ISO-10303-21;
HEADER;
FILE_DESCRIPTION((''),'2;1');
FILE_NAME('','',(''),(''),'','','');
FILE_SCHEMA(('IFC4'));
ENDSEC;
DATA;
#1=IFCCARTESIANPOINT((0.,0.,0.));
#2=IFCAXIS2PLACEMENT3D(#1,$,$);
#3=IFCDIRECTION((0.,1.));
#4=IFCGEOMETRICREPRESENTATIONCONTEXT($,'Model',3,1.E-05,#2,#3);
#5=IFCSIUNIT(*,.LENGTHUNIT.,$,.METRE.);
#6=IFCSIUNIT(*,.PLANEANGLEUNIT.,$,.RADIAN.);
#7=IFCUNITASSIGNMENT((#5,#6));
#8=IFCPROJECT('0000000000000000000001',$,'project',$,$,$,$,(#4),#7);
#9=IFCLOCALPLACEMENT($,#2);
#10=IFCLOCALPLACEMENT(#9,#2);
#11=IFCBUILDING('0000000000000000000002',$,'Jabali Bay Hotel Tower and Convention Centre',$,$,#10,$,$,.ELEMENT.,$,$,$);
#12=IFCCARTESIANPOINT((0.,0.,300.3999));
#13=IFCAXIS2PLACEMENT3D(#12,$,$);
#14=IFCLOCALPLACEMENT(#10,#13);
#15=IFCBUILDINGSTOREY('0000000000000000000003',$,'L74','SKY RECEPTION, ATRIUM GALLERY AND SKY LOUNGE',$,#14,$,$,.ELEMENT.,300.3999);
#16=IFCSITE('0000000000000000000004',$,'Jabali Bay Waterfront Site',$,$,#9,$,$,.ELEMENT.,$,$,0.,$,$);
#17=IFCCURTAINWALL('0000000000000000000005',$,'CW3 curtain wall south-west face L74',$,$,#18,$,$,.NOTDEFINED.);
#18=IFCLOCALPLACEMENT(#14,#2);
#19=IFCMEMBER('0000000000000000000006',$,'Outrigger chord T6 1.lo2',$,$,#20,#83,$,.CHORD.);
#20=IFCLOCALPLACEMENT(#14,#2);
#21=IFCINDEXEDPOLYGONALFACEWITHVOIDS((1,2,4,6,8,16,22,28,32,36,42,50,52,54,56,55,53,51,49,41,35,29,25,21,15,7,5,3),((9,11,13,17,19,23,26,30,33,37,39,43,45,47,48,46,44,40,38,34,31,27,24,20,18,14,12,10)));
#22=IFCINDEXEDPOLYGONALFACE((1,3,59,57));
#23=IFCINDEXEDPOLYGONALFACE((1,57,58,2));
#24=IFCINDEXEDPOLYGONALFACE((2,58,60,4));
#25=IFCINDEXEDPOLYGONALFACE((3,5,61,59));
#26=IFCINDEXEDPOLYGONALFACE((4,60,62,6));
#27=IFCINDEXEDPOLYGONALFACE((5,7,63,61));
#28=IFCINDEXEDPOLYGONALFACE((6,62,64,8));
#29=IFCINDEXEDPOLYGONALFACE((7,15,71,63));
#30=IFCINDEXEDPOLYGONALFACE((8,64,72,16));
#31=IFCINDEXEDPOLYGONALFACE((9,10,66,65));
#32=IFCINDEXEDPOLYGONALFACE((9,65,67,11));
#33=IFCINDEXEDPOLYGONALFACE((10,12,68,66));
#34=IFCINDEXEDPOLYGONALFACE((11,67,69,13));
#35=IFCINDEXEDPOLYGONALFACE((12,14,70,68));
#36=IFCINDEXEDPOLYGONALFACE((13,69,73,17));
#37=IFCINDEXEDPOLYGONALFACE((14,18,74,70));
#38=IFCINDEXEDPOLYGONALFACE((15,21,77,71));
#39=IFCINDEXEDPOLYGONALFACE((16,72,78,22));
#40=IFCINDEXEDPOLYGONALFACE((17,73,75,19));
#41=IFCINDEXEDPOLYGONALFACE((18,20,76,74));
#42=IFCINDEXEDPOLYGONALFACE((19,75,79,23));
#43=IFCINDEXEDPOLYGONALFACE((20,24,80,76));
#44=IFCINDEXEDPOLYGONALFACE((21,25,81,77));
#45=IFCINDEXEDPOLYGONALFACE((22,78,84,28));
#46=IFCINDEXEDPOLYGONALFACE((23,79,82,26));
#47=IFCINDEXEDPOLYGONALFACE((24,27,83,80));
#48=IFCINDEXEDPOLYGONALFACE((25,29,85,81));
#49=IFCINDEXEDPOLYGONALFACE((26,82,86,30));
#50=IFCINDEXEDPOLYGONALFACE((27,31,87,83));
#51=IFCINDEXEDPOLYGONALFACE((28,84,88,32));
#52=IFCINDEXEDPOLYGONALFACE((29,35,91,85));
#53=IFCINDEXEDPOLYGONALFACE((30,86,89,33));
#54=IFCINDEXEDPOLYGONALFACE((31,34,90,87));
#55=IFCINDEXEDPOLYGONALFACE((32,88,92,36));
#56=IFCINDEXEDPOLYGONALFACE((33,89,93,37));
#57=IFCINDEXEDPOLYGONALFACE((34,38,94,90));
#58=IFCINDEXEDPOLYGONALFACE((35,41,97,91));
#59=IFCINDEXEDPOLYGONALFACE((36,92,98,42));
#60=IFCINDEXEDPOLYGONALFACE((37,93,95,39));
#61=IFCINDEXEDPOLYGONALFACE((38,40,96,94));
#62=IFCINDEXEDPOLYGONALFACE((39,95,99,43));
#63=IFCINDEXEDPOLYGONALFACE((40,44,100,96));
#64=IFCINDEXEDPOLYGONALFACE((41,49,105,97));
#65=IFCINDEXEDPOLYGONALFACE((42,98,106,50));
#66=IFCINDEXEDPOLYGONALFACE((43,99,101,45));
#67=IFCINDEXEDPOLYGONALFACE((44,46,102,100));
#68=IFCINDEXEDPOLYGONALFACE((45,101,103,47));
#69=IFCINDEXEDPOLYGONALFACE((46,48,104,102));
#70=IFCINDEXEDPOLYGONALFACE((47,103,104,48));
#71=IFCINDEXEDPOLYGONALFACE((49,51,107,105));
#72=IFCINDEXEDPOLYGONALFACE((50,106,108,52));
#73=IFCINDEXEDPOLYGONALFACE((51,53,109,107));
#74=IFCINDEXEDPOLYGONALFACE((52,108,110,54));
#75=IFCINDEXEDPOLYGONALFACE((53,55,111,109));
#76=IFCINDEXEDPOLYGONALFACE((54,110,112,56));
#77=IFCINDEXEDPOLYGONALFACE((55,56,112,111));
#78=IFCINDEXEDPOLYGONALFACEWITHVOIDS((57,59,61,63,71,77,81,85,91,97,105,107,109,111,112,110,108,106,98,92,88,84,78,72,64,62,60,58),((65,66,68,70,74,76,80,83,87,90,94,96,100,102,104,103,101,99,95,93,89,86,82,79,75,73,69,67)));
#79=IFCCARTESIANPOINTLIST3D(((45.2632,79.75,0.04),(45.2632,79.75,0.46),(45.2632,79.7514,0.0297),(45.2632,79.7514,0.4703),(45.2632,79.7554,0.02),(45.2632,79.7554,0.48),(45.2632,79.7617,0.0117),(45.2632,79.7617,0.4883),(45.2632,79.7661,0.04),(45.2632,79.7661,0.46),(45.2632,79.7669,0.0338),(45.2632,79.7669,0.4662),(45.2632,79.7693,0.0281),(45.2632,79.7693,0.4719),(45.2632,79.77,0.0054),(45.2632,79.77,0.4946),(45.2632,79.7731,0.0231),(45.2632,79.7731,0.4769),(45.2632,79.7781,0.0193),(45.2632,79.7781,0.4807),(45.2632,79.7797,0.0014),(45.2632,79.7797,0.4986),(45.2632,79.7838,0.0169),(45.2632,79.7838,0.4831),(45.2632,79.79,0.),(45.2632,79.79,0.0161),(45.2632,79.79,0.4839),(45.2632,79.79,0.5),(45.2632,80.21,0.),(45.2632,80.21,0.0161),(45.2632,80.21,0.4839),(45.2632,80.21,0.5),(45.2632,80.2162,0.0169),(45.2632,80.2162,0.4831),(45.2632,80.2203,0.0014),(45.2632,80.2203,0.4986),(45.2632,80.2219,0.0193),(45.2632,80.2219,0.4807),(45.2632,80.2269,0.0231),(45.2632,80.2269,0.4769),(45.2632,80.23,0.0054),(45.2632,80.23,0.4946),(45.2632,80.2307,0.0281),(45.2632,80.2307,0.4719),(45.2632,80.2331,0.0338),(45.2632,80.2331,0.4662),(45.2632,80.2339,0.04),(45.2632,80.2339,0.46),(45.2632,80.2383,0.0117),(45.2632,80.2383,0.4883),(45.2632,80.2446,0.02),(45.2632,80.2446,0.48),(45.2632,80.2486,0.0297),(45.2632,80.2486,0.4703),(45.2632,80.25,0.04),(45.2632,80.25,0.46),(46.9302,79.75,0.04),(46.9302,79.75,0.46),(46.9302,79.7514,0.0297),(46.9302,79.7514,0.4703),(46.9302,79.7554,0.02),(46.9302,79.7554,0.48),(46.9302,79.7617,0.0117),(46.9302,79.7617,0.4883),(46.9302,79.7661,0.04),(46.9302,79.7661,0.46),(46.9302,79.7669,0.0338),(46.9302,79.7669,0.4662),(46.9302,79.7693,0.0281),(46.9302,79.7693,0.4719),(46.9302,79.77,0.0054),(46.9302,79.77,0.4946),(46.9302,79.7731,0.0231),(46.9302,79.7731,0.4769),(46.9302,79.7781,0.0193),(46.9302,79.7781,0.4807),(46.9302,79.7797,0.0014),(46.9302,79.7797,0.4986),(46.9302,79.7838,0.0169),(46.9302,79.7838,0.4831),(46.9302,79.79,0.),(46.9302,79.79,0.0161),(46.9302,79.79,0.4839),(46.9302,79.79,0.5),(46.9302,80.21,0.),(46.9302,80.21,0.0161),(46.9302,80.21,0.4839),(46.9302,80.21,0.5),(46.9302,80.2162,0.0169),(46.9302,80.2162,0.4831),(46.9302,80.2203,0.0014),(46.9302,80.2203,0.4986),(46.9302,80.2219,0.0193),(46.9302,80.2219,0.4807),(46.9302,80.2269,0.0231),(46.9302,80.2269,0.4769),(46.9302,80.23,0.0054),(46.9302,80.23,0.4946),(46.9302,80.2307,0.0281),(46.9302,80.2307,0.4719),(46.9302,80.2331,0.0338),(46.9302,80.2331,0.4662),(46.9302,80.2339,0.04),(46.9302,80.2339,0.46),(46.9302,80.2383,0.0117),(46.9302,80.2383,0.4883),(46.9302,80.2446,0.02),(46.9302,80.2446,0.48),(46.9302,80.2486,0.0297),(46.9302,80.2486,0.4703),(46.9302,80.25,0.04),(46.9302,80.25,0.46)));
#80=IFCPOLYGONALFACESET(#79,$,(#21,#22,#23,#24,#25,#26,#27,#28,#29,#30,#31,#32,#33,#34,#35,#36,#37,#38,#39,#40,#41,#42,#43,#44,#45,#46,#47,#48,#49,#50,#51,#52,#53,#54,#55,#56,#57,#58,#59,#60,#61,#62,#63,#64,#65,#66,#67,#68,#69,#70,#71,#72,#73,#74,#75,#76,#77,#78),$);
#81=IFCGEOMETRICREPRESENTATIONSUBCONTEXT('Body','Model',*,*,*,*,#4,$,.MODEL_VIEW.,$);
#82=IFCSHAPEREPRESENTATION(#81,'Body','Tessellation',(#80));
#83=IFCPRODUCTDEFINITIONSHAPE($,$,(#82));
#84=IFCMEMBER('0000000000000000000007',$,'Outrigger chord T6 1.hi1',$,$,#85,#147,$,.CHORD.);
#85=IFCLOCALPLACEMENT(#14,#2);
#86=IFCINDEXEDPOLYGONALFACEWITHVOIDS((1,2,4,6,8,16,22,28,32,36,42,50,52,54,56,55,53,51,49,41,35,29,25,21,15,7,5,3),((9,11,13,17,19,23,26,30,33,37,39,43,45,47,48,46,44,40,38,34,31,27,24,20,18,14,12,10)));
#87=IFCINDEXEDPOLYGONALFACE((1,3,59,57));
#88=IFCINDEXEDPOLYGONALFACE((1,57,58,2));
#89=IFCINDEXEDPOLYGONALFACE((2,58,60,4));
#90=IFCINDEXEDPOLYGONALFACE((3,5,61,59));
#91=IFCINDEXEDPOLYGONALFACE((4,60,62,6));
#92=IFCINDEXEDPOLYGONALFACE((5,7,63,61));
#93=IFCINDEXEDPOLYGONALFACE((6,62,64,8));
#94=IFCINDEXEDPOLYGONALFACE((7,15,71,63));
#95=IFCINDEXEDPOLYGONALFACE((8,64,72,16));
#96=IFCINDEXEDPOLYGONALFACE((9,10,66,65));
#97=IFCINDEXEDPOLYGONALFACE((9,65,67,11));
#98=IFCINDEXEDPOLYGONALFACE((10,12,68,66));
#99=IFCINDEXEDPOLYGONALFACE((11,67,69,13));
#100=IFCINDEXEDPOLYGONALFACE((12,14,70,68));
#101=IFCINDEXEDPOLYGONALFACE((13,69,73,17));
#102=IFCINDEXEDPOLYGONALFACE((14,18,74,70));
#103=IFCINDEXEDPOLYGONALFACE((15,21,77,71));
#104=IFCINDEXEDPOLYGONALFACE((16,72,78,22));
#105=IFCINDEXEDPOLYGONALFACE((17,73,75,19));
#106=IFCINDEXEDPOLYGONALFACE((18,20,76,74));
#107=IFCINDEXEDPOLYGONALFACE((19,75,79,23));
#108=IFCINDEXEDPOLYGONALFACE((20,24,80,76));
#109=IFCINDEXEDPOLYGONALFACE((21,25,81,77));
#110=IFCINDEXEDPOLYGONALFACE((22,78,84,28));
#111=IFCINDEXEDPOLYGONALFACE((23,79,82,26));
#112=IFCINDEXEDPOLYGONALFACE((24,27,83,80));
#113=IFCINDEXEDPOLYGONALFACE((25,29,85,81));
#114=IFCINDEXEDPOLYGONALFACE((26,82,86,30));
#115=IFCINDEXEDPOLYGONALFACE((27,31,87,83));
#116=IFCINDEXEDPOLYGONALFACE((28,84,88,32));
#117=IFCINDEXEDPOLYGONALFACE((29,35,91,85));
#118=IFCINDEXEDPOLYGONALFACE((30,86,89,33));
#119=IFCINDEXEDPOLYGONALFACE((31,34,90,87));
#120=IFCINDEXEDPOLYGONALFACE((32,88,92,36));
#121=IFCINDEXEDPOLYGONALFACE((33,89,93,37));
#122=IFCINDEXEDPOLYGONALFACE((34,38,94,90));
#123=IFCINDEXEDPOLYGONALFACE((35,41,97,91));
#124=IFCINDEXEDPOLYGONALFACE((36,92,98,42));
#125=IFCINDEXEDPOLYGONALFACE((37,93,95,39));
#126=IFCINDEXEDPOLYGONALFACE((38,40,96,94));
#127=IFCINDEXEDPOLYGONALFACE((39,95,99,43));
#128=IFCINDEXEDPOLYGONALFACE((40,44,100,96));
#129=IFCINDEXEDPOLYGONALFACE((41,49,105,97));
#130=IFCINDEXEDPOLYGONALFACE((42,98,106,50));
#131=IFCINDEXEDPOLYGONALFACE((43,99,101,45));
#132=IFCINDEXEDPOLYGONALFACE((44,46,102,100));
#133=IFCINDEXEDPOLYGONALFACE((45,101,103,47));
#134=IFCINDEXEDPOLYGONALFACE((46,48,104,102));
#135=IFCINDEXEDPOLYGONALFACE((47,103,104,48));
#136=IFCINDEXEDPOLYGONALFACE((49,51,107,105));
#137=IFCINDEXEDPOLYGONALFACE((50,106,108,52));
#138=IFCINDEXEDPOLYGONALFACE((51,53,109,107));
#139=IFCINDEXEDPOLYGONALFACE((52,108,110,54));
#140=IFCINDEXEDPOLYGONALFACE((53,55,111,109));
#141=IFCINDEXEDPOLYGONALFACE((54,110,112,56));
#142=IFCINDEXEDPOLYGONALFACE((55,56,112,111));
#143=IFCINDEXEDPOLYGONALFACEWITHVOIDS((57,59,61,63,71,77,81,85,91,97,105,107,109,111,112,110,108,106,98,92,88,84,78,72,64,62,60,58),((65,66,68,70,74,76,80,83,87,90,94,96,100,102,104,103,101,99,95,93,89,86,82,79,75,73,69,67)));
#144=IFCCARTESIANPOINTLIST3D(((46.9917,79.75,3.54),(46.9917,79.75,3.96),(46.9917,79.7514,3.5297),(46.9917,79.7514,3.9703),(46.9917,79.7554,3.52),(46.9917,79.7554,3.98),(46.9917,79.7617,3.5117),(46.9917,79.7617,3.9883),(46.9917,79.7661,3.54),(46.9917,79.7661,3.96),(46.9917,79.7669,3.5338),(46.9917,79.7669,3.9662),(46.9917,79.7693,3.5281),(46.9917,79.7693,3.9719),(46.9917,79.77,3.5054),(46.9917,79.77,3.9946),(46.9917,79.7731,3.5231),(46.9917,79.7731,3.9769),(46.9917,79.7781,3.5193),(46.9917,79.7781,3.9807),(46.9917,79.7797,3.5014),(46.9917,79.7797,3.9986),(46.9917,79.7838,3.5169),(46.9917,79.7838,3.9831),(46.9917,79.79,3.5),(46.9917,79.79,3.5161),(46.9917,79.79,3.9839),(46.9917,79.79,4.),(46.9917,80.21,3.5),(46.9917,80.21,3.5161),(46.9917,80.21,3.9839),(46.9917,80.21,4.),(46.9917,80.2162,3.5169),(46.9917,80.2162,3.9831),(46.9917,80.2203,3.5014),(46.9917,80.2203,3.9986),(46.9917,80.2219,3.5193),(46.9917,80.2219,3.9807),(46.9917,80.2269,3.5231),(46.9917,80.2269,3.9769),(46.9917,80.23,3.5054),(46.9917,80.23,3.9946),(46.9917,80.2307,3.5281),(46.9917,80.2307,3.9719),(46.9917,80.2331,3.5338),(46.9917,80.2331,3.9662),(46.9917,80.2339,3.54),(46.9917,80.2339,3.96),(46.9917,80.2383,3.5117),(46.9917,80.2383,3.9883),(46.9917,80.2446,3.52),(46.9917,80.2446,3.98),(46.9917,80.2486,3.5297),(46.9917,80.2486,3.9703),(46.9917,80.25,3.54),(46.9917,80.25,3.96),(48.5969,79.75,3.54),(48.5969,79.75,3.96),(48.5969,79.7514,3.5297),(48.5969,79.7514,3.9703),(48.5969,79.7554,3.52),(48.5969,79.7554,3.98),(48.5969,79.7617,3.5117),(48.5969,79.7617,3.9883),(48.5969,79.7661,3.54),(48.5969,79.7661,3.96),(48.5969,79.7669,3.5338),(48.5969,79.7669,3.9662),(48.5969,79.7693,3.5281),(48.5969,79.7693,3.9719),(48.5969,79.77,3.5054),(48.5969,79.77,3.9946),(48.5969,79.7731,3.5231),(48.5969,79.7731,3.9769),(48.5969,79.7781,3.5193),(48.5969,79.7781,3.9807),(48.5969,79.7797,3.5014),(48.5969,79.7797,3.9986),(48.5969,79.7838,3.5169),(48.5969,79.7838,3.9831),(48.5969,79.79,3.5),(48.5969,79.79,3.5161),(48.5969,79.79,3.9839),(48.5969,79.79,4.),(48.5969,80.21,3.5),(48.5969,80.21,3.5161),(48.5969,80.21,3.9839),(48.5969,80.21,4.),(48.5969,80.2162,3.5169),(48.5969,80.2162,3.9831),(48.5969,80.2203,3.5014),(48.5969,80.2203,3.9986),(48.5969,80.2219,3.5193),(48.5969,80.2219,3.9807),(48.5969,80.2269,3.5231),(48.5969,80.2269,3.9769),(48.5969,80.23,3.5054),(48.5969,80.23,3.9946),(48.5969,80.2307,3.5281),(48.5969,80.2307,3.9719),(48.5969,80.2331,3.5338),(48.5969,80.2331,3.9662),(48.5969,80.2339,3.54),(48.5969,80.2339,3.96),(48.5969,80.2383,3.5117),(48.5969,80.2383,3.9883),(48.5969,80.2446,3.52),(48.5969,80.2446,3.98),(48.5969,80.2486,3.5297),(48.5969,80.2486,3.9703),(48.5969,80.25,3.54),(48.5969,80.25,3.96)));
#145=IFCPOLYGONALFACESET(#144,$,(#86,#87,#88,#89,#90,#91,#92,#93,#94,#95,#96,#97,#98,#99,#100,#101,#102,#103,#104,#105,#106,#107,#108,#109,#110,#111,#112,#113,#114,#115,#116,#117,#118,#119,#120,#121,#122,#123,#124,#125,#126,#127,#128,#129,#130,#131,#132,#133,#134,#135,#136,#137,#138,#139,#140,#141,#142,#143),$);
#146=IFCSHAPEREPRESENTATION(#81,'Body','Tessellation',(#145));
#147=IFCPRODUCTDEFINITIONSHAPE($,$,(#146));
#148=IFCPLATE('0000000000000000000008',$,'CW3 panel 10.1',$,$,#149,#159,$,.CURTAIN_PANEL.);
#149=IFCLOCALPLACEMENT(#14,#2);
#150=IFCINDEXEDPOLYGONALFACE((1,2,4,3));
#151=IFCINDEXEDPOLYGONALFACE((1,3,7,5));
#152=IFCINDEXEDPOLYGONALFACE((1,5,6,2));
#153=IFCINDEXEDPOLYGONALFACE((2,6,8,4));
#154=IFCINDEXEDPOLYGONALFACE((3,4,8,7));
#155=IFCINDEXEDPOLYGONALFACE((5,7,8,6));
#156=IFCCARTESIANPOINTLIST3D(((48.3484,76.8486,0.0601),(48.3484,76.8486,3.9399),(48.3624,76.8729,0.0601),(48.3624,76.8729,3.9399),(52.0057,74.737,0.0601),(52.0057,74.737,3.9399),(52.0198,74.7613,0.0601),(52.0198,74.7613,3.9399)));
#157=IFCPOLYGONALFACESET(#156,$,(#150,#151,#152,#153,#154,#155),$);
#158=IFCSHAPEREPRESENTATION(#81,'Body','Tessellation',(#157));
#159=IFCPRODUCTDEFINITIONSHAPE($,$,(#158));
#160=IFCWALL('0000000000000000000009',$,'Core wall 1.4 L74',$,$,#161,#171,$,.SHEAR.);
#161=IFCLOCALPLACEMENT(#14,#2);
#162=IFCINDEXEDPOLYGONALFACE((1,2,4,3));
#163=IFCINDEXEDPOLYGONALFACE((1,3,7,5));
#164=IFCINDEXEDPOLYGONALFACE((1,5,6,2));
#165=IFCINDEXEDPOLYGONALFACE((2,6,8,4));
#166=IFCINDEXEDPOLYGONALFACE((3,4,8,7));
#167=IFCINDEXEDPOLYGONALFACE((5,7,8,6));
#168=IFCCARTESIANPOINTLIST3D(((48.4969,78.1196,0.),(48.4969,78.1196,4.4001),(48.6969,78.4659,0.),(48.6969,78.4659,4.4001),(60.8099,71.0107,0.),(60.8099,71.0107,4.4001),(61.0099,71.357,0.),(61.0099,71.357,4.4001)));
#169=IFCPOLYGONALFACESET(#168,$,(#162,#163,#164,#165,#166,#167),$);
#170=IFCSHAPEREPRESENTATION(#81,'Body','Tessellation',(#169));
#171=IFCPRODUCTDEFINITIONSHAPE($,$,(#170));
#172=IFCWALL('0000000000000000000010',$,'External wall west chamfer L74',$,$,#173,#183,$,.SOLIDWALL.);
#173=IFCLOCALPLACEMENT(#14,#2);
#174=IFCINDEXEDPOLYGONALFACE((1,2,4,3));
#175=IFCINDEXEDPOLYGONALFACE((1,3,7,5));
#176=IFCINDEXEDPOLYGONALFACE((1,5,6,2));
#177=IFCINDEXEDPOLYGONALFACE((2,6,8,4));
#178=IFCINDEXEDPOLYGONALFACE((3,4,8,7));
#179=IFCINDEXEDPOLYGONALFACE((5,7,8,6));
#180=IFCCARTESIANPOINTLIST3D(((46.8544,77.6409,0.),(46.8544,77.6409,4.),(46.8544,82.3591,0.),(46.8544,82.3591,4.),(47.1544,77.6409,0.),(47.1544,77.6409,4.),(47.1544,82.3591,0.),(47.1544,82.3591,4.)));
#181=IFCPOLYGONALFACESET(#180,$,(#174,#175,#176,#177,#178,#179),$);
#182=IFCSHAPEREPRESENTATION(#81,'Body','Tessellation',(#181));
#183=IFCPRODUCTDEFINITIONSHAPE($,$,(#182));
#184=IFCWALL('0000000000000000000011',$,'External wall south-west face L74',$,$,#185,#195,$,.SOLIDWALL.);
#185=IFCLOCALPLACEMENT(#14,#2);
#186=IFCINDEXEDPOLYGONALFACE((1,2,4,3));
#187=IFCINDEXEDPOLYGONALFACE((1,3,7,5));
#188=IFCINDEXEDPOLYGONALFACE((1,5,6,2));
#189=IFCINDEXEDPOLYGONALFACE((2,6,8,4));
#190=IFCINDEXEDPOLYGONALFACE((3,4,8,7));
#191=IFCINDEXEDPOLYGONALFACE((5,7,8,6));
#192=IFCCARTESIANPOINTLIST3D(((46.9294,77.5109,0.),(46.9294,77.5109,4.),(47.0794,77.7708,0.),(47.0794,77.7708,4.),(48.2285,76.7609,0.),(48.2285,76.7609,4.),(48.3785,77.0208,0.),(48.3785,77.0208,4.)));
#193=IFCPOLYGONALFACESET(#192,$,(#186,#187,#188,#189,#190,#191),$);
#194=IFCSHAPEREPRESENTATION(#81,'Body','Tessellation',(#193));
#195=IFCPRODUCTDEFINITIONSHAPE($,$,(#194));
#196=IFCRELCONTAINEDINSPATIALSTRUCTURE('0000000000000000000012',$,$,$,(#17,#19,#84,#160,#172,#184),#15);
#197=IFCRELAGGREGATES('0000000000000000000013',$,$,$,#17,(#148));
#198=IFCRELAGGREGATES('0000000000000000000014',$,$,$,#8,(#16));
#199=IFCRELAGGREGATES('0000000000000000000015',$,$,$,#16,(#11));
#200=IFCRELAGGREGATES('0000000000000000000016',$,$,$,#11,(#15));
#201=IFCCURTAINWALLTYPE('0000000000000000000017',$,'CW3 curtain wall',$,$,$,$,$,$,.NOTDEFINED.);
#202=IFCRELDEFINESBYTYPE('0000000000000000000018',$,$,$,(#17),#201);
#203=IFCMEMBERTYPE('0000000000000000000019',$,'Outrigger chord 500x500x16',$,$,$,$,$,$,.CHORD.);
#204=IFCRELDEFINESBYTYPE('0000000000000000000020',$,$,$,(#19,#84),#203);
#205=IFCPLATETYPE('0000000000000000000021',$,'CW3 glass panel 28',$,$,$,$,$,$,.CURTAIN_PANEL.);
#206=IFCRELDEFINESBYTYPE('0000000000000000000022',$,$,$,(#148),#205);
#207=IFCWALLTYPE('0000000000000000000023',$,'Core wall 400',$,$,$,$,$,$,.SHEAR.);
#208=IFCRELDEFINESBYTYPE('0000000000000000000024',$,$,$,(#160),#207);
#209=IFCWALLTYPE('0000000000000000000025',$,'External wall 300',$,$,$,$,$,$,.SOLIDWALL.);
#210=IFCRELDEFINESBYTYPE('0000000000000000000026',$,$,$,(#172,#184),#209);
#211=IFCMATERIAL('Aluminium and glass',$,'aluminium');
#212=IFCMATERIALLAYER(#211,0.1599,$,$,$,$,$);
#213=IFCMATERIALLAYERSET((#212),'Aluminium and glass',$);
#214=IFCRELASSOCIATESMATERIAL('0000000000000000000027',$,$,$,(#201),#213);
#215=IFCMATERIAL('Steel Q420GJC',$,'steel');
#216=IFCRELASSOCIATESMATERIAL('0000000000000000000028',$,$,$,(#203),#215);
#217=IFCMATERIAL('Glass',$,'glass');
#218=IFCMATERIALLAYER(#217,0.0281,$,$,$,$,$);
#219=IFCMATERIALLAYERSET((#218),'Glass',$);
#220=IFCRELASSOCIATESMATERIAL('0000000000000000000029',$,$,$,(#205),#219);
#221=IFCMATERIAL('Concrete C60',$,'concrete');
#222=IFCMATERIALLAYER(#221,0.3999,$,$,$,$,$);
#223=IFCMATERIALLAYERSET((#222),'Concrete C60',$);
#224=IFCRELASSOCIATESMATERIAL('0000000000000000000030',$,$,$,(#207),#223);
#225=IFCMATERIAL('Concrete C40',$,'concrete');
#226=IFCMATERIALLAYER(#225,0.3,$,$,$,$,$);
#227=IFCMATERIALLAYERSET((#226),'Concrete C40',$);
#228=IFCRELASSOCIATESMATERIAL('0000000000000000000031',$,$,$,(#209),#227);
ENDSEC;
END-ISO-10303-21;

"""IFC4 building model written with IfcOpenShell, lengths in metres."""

from ifc_helpers import new_model, si_unit, direction, frame, frame_2d, origin, origin_2d, place, context, subcontext, project, spatial, rectangle, hollow_rectangle, extrude, material, layer, layer_set, material_profile, profile_set, type_object, element, aggregate, save


model = new_model("IFC4")

# Units and contexts
model_context = context("Model", 3, precision=1e-05, world=origin(), true_north=direction((0.0, 1.0)))
body_context = subcontext(model_context, "Body", "Model", "MODEL_VIEW")
ifc_project = project(units=[si_unit("LENGTHUNIT", "METRE"), si_unit("PLANEANGLEUNIT", "RADIAN")], contexts=[model_context])

# Site, building, storey
site_placement = place(None, origin())
site = spatial("IfcSite", under=ifc_project, at=site_placement, Name="Jabali Bay Waterfront Site", CompositionType="ELEMENT", RefElevation=0.0)
building_placement = place(site_placement, origin())
building = spatial("IfcBuilding", under=site, at=building_placement, Name="Jabali Bay Hotel Tower and Convention Centre", CompositionType="ELEMENT")
storey_placement = place(building_placement, frame((0.0, 0.0, 300.3999)))
storey = spatial("IfcBuildingStorey", under=building, at=storey_placement, Name="L74", Description="SKY RECEPTION, ATRIUM GALLERY AND SKY LOUNGE", CompositionType="ELEMENT", Elevation=300.3999)

# Shared definitions
ifc_material_1 = material(Name="Concrete C60", Category="concrete")

# Shared definitions
ifc_material_2 = material(Name="Steel Q420GJC", Category="steel")

# Curtain wall
ifc_material_3 = material(Name="Aluminium and glass", Category="aluminium")
ifc_layer_1 = layer(ifc_material_3, 0.1599)
ifc_layer_set_1 = layer_set([ifc_layer_1], Name="Aluminium and glass")
curtain_wall_type = type_object("IfcCurtainWallType", Name="CW3 curtain wall", PredefinedType="NOTDEFINED", material=ifc_layer_set_1)
curtain_wall_placement = place(storey_placement, origin())
curtain_wall = element("IfcCurtainWall", 1, at=curtain_wall_placement, inside=storey, type_object=curtain_wall_type, Name="CW3 curtain wall south-west face L74", PredefinedType="NOTDEFINED")

# Members
ifc_material_profile_1 = material_profile(ifc_material_2, hollow_rectangle(XDim=0.5, YDim=0.5, WallThickness=0.0161, InnerFilletRadius=0.0239, OuterFilletRadius=0.04, at=origin_2d()), Name="Outrigger chord 500x500x16")
ifc_profile_set_1 = profile_set([ifc_material_profile_1], Name="Steel Q420GJC")
member_type_1 = type_object("IfcMemberType", Name="Outrigger chord 500x500x16", PredefinedType="CHORD", material=ifc_profile_set_1)
member_1_placement = place(storey_placement, frame((46.9302, 80.0, 0.25), z_axis=(-1.0, 0.0, 0.0), x_axis=(0.0, -1.0, 0.0)))
element("IfcMember", 2, at=member_1_placement, inside=storey, type_object=member_type_1, Name="Outrigger chord T6 1.lo2", PredefinedType="CHORD", context=body_context, shape_type="SweptSolid", body=[
    extrude(hollow_rectangle(XDim=0.5, YDim=0.5, WallThickness=0.0161, InnerFilletRadius=0.0239, OuterFilletRadius=0.04, at=origin_2d()), origin(), (0.0, 0.0, 1.0), 1.667),
])
member_2_placement = place(storey_placement, frame((48.5969, 80.0, 3.75), z_axis=(-1.0, 0.0, 0.0), x_axis=(0.0, -1.0, 0.0)))
element("IfcMember", 3, at=member_2_placement, inside=storey, type_object=member_type_1, Name="Outrigger chord T6 1.hi1", PredefinedType="CHORD", context=body_context, shape_type="SweptSolid", body=[
    extrude(hollow_rectangle(XDim=0.5, YDim=0.5, WallThickness=0.0161, InnerFilletRadius=0.0239, OuterFilletRadius=0.04, at=origin_2d()), origin(), (0.0, 0.0, 1.0), 1.6052),
])

# Plate
ifc_material_4 = material(Name="Glass", Category="glass")
ifc_layer_2 = layer(ifc_material_4, 0.0281)
ifc_layer_set_2 = layer_set([ifc_layer_2], Name="Glass")
plate_type = type_object("IfcPlateType", Name="CW3 glass panel 28", PredefinedType="CURTAIN_PANEL", material=ifc_layer_set_2)
plate_placement = place(storey_placement, frame((50.1841, 75.8049, 0.0601), z_axis=(0.0, 0.0, 1.0), x_axis=(-0.866025, 0.5, 0.0)))
plate = element("IfcPlate", 4, at=plate_placement, type_object=plate_type, Name="CW3 panel 10.1", PredefinedType="CURTAIN_PANEL", context=body_context, shape_type="SweptSolid", body=[
    extrude(rectangle(XDim=4.2231, YDim=0.0281, at=origin_2d()), origin(), (0.0, 0.0, 1.0), 3.8799),
])
aggregate(curtain_wall, [plate])

# Walls
ifc_layer_3 = layer(ifc_material_1, 0.3999)
ifc_layer_set_3 = layer_set([ifc_layer_3], Name="Concrete C60")
wall_type_1 = type_object("IfcWallType", Name="Core wall 400", PredefinedType="SHEAR", material=ifc_layer_set_3)
wall_1_placement = place(storey_placement, frame((48.5969, 78.2927, 0.0), z_axis=(0.0, 0.0, 1.0), x_axis=(0.866026, -0.499999, 0.0)))
element("IfcWall", 5, at=wall_1_placement, inside=storey, type_object=wall_type_1, Name="Core wall 1.4 L74", PredefinedType="SHEAR", context=body_context, shape_type="SweptSolid", body=[
    extrude(rectangle(XDim=14.2178, YDim=0.3999, at=frame_2d((7.1089, 0.0))), origin(), (0.0, 0.0, 1.0), 4.4001),
])
ifc_material_5 = material(Name="Concrete C40", Category="concrete")
ifc_layer_4 = layer(ifc_material_5, 0.3)
ifc_layer_set_4 = layer_set([ifc_layer_4], Name="Concrete C40")
wall_type_2 = type_object("IfcWallType", Name="External wall 300", PredefinedType="SOLIDWALL", material=ifc_layer_set_4)
wall_2_placement = place(storey_placement, frame((47.0044, 77.6409, 0.0), z_axis=(0.0, 0.0, 1.0), x_axis=(0.0, 1.0, 0.0)))
element("IfcWall", 6, at=wall_2_placement, inside=storey, type_object=wall_type_2, Name="External wall west chamfer L74", PredefinedType="SOLIDWALL", context=body_context, shape_type="SweptSolid", body=[
    extrude(rectangle(XDim=4.7183, YDim=0.3, at=frame_2d((2.3591, 0.0))), origin(), (0.0, 0.0, 1.0), 4.0),
])
wall_3_placement = place(storey_placement, frame((48.3035, 76.8909, 0.0), z_axis=(0.0, 0.0, 1.0), x_axis=(-0.866031, 0.49999, 0.0)))
element("IfcWall", 7, at=wall_3_placement, inside=storey, type_object=wall_type_2, Name="External wall south-west face L74", PredefinedType="SOLIDWALL", context=body_context, shape_type="SweptSolid", body=[
    extrude(rectangle(XDim=1.5, YDim=0.3, at=frame_2d((0.75, 0.0))), origin(), (0.0, 0.0, 1.0), 4.0),
])

save(model, "model.ifc")
